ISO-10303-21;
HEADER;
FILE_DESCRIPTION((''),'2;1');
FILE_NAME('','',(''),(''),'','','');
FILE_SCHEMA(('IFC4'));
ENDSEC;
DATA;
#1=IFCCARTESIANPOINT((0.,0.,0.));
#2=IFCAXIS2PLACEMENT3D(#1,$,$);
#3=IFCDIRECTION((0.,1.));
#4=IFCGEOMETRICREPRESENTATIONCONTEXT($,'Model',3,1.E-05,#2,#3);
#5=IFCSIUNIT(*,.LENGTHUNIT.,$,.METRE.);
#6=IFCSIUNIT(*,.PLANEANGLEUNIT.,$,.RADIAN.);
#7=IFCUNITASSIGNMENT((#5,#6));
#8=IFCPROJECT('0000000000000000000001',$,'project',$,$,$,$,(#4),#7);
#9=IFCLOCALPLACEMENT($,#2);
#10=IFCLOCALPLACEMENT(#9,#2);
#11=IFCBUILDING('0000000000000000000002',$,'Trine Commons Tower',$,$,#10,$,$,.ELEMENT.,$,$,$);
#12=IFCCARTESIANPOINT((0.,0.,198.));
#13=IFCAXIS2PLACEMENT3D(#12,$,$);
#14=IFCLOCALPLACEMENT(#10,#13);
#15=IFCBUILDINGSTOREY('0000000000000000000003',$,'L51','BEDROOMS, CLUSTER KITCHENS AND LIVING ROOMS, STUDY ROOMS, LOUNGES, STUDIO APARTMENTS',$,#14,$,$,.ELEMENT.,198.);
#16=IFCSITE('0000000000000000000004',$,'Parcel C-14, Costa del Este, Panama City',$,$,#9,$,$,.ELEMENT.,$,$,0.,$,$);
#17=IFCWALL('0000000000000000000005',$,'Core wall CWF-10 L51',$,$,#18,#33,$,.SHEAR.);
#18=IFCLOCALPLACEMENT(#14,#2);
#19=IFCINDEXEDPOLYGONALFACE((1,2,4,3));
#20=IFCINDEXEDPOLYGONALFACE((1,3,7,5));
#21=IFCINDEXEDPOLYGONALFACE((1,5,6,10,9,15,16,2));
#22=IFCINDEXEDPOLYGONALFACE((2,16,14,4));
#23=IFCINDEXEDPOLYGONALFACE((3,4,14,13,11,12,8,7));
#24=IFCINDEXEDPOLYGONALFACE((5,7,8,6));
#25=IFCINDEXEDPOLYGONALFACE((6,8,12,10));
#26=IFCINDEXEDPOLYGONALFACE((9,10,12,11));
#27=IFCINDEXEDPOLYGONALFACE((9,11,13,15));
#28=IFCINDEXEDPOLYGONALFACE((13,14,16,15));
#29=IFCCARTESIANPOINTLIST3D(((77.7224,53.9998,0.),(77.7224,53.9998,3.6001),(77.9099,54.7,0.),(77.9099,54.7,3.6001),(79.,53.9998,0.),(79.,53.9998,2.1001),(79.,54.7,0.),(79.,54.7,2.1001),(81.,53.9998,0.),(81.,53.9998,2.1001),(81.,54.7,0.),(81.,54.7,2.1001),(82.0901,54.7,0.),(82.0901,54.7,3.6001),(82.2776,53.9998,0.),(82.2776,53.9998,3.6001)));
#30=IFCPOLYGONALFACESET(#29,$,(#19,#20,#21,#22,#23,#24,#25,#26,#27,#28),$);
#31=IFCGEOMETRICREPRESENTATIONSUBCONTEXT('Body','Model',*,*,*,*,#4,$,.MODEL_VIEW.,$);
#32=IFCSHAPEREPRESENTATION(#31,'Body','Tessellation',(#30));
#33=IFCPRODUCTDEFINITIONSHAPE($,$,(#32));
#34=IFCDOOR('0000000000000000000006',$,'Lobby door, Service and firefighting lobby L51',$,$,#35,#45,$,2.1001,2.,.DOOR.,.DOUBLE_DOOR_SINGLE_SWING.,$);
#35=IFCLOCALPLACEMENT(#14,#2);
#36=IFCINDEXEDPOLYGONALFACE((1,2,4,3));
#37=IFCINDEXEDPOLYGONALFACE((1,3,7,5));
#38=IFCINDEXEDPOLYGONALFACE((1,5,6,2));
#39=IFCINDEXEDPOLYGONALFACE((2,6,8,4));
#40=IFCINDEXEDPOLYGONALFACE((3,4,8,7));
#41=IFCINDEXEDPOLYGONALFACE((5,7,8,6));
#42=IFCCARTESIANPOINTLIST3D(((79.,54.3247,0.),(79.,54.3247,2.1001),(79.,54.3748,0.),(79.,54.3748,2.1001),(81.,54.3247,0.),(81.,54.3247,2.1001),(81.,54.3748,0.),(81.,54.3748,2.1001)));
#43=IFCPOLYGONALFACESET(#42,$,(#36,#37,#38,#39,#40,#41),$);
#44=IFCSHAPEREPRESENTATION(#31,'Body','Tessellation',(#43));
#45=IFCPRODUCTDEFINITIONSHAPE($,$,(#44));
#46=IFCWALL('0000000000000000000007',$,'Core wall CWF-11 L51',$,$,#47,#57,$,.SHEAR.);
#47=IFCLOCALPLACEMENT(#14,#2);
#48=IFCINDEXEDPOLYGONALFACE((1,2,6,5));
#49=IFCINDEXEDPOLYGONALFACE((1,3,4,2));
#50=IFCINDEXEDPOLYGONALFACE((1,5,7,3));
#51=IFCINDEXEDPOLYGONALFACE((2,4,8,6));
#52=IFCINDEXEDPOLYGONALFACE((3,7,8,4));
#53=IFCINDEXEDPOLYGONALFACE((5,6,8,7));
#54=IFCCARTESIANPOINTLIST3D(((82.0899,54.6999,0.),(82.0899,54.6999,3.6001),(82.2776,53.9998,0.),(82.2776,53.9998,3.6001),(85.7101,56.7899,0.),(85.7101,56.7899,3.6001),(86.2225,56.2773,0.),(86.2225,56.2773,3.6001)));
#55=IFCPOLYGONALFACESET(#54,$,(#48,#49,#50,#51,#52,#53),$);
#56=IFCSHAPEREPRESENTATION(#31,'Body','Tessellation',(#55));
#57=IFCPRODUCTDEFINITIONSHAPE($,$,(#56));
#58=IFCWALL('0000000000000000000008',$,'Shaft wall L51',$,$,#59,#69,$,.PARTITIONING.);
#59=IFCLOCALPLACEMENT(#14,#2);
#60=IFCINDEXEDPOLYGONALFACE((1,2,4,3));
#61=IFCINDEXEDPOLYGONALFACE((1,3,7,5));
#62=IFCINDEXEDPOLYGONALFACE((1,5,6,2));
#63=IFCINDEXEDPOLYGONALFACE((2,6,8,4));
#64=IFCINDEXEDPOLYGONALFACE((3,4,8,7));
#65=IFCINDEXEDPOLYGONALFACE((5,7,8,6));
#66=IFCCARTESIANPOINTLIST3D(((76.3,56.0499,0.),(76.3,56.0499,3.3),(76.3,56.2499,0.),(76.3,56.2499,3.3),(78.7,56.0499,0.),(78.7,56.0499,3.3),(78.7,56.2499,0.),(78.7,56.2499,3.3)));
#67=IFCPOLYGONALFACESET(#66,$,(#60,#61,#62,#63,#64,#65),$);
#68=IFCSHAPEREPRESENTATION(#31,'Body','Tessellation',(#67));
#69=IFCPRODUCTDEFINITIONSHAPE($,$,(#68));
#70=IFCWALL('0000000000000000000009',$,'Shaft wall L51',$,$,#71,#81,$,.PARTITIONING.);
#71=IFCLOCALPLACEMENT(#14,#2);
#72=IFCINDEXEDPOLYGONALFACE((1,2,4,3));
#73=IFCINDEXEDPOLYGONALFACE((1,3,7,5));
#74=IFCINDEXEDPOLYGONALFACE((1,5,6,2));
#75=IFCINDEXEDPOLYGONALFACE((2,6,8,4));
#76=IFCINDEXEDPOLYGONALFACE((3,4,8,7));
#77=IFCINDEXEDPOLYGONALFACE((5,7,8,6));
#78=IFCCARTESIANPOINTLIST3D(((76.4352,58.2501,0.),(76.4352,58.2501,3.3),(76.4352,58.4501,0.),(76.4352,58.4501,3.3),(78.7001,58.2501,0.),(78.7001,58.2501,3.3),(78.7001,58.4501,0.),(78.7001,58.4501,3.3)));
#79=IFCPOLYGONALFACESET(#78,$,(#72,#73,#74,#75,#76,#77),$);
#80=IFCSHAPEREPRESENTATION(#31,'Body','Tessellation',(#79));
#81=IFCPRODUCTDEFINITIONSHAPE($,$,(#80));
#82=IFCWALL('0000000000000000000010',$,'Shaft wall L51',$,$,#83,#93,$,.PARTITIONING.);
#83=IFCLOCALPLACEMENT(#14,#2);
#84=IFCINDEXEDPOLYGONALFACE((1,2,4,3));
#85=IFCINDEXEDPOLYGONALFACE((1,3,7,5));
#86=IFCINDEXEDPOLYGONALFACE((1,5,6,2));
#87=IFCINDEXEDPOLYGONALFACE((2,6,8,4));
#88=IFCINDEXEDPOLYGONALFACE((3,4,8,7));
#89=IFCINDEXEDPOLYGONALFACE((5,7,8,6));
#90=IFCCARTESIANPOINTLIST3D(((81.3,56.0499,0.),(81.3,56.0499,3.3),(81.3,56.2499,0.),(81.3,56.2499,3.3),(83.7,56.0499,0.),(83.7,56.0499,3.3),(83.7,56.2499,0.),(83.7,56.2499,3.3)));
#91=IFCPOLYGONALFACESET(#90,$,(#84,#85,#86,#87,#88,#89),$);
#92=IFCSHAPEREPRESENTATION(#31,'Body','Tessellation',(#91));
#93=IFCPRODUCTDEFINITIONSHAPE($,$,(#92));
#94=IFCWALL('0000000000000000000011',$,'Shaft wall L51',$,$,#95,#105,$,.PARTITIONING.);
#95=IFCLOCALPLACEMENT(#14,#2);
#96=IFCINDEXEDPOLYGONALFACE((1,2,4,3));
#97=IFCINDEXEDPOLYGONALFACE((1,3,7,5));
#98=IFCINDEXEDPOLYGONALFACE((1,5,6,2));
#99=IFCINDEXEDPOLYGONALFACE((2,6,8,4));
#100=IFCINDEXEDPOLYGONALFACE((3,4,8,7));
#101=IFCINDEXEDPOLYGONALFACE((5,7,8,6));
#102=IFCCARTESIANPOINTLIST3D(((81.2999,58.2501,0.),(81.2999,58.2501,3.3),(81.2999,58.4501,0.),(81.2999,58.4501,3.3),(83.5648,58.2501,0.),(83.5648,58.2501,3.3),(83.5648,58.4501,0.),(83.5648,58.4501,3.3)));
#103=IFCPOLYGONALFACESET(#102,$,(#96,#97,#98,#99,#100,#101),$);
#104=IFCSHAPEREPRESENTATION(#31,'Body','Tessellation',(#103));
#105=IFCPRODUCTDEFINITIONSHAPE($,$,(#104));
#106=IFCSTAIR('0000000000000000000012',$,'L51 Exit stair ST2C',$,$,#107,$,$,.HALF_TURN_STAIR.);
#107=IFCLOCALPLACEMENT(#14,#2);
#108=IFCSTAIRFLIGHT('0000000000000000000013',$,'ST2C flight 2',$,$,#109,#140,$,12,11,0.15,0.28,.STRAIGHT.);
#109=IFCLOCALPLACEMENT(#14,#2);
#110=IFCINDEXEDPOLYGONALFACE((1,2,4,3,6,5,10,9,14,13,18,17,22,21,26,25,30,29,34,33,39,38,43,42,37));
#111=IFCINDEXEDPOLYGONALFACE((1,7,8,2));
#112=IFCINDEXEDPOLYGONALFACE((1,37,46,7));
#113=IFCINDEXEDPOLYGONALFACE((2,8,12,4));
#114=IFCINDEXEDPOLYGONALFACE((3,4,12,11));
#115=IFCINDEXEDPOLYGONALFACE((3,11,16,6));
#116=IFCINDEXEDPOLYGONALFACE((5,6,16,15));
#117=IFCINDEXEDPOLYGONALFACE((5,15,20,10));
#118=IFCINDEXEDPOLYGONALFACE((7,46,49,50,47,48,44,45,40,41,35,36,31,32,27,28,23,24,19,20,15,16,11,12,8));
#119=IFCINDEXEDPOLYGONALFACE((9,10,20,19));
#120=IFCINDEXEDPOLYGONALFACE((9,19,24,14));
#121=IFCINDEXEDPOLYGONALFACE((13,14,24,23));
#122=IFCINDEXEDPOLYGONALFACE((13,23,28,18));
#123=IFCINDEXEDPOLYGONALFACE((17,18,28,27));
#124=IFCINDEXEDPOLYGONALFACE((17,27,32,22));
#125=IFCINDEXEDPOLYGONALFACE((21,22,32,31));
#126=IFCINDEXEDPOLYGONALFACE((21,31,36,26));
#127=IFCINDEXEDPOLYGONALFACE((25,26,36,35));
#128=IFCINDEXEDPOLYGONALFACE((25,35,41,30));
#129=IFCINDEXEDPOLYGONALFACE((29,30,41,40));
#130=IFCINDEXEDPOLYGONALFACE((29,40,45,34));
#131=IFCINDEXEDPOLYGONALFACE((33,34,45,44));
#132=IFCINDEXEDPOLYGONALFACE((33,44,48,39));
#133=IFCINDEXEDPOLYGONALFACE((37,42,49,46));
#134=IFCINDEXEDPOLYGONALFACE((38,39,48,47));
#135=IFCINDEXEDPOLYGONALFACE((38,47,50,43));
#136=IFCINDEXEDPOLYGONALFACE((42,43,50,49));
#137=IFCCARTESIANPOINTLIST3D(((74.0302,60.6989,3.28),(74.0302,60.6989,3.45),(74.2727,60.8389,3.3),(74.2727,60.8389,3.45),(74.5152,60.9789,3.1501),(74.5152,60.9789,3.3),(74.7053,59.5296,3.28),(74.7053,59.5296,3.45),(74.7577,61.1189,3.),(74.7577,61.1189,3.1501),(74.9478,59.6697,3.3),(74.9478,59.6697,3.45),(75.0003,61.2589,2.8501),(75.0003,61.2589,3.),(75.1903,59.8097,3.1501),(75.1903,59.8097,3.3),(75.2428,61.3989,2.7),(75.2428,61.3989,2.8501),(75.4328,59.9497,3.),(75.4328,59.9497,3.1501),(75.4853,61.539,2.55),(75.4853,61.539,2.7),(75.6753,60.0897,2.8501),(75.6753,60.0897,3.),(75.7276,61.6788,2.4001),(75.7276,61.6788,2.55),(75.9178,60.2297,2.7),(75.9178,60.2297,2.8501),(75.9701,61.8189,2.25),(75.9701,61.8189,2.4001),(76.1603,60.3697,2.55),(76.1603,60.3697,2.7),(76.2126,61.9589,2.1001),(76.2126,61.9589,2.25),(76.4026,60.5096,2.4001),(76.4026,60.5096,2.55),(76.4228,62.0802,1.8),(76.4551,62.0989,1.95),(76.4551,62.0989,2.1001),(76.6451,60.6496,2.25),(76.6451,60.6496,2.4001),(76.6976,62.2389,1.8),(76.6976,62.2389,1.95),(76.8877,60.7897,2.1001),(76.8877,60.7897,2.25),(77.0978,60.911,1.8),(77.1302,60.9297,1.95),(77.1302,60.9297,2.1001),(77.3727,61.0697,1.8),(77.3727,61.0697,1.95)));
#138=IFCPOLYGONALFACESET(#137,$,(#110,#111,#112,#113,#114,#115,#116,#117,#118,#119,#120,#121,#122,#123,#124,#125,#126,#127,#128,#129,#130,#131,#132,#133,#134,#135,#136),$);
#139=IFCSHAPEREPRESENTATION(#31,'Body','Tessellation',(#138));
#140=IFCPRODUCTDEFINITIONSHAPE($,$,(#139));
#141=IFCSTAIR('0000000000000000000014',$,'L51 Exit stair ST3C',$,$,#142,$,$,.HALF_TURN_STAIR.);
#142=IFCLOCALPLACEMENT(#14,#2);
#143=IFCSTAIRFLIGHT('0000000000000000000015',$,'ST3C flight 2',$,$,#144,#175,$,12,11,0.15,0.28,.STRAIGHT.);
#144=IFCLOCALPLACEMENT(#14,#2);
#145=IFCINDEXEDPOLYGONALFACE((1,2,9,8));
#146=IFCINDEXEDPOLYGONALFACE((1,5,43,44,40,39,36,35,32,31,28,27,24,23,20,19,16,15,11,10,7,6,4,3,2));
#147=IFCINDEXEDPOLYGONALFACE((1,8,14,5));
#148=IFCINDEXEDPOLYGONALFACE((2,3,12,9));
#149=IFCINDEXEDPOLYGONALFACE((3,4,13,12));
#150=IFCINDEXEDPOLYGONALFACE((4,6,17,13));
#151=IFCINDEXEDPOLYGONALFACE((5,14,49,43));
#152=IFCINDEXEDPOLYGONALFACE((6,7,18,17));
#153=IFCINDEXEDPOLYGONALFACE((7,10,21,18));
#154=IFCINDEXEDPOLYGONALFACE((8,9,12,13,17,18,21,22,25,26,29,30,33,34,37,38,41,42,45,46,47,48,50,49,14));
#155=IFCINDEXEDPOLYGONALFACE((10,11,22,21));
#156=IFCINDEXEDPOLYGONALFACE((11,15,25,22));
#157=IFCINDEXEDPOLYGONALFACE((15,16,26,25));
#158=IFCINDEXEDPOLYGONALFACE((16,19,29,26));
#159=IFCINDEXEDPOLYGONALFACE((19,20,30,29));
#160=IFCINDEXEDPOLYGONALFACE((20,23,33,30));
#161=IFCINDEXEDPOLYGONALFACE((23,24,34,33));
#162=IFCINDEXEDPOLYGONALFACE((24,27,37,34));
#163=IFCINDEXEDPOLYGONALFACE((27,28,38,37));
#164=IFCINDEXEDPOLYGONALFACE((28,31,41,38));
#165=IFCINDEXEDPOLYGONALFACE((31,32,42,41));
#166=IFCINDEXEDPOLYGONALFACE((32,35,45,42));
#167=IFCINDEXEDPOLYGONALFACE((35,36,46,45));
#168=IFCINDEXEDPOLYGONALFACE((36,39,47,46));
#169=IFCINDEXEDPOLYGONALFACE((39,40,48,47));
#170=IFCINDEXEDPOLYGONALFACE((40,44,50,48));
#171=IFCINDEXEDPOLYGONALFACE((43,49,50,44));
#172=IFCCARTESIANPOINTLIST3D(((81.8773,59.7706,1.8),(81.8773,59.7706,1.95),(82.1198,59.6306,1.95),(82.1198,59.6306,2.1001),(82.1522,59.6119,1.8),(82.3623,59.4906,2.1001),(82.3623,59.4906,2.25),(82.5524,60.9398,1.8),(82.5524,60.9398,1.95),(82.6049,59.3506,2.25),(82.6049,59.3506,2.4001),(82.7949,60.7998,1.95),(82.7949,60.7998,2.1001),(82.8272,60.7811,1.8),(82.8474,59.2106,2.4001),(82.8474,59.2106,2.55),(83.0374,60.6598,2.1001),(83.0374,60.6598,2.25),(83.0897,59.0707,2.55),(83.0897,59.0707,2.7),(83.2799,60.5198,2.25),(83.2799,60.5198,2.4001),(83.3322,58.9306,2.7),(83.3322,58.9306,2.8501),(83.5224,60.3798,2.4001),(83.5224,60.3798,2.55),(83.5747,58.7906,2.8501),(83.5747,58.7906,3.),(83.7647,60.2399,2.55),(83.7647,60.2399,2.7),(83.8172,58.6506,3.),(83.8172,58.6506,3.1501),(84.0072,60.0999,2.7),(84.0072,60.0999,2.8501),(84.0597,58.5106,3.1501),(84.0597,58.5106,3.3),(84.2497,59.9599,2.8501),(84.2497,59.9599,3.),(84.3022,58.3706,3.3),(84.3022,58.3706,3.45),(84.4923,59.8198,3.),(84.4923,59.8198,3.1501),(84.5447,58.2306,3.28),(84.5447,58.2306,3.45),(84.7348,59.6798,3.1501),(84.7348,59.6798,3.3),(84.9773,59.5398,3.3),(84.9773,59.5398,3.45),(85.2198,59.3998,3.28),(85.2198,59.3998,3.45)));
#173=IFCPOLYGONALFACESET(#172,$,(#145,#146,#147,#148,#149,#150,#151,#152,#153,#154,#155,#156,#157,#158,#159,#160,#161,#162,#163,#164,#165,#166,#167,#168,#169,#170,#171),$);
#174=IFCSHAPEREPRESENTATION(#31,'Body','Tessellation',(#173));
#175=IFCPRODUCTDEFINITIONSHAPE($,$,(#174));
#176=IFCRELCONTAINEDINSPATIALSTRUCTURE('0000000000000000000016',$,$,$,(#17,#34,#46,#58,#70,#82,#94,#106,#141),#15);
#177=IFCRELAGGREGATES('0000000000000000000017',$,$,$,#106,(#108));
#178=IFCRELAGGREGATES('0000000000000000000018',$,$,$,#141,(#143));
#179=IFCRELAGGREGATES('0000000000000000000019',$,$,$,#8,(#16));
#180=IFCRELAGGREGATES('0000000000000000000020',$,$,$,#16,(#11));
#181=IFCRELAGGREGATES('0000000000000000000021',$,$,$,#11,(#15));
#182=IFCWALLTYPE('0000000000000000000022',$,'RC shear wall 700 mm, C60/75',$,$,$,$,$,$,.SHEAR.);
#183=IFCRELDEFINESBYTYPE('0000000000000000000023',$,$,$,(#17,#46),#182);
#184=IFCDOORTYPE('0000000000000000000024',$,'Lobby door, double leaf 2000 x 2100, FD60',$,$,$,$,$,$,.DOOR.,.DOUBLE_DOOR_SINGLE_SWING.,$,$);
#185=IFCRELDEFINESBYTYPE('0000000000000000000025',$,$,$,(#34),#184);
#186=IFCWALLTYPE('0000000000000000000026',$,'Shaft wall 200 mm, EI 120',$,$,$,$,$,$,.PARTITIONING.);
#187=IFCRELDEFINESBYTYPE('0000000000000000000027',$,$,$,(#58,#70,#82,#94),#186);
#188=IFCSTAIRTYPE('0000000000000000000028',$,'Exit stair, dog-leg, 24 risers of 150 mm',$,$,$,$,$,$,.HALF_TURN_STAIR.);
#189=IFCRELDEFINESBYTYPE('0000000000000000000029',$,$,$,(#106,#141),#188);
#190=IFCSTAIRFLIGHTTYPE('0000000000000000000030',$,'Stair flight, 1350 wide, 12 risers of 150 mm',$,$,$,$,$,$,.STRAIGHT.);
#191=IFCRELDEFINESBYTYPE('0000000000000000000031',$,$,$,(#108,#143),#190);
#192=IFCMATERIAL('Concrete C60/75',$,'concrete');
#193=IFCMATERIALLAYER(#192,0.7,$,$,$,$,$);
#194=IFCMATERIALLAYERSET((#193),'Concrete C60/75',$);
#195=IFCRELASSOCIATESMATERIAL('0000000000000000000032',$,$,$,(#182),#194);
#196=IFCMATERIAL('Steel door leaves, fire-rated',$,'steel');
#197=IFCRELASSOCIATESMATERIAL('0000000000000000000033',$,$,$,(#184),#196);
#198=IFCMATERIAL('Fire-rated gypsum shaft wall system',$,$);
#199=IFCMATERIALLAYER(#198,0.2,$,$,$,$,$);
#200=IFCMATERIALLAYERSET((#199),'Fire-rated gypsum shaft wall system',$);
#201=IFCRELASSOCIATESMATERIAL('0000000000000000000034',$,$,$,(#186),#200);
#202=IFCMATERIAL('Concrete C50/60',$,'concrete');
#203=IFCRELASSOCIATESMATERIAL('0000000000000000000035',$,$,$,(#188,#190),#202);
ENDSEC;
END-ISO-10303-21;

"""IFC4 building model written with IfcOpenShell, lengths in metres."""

from ifc_helpers import new_model, si_unit, direction, frame, frame_2d, origin, place, context, subcontext, project, spatial, polyline, rectangle, outline, extrude, material, layer, layer_set, type_object, element, fill, aggregate, save


model = new_model("IFC4")

# Units and contexts
model_context = context("Model", 3, precision=1e-05, world=origin(), true_north=direction((0.0, 1.0)))
body_context = subcontext(model_context, "Body", "Model", "MODEL_VIEW")
ifc_project = project(units=[si_unit("LENGTHUNIT", "METRE"), si_unit("PLANEANGLEUNIT", "RADIAN")], contexts=[model_context])

# Site, building, storey
site_placement = place(None, origin())
site = spatial("IfcSite", under=ifc_project, at=site_placement, Name="Parcel C-14, Costa del Este, Panama City", CompositionType="ELEMENT", RefElevation=0.0)
building_placement = place(site_placement, origin())
building = spatial("IfcBuilding", under=site, at=building_placement, Name="Trine Commons Tower", CompositionType="ELEMENT")
storey_placement = place(building_placement, frame((0.0, 0.0, 198.0)))
storey = spatial("IfcBuildingStorey", under=building, at=storey_placement, Name="L51", Description="BEDROOMS, CLUSTER KITCHENS AND LIVING ROOMS, STUDY ROOMS, LOUNGES, STUDIO APARTMENTS", CompositionType="ELEMENT", Elevation=198.0)

# Shared definitions
ifc_material_1 = material(Name="Fire-rated gypsum shaft wall system")
ifc_material_2 = material(Name="Concrete C60/75", Category="concrete")

# Wall, opening, door
ifc_layer_1 = layer(ifc_material_2, 0.7)
ifc_layer_set_1 = layer_set([ifc_layer_1], Name="Concrete C60/75")
wall_type_1 = type_object("IfcWallType", Name="RC shear wall 700 mm, C60/75", PredefinedType="SHEAR", material=ifc_layer_set_1)
wall_1_placement = place(storey_placement, frame((77.7224, 54.3499, 0.0), z_axis=(0.0, 0.0, 1.0), x_axis=(1.0, 0.0, 0.0)))
wall_1 = element("IfcWall", 1, at=wall_1_placement, inside=storey, type_object=wall_type_1, Name="Core wall CWF-10 L51", PredefinedType="SHEAR", context=body_context, shape_type="SweptSolid", body=[
    extrude(outline(polyline([(0.0, -0.3501), (4.5552, -0.3501), (4.3677, 0.3501), (0.1875, 0.3501), (0.0, -0.3501)])), origin(), (0.0, 0.0, 1.0), 3.6001),
])
opening_1_placement = place(wall_1_placement, frame((1.2776, 0.0, 0.0)))
opening_1 = element("IfcOpeningElement", 2, at=opening_1_placement, cuts=wall_1, PredefinedType="OPENING", context=body_context, shape_type="SweptSolid", body=[
    extrude(rectangle(XDim=2.0, YDim=2.1001, at=frame_2d((1.0, 1.05))), frame((0.0, 0.3599, 0.0), z_axis=(0.0, -1.0, 0.0), x_axis=(1.0, 0.0, 0.0)), (0.0, 0.0, 1.0), 0.72),
])
ifc_material_3 = material(Name="Steel door leaves, fire-rated", Category="steel")
door_type_1 = type_object("IfcDoorType", Name="Lobby door, double leaf 2000 x 2100, FD60", OperationType="DOUBLE_DOOR_SINGLE_SWING", PredefinedType="DOOR", material=ifc_material_3)
door_1_placement = place(opening_1_placement, origin())
door_1 = element("IfcDoor", 3, at=door_1_placement, inside=storey, type_object=door_type_1, Name="Lobby door, Service and firefighting lobby L51", OperationType="DOUBLE_DOOR_SINGLE_SWING", OverallHeight=2.1001, OverallWidth=2.0, PredefinedType="DOOR", context=body_context, shape_type="SweptSolid", body=[
    extrude(rectangle(XDim=2.0, YDim=2.1001, at=frame_2d((1.0, 1.05))), frame((0.0, 0.0249, 0.0), z_axis=(0.0, -1.0, 0.0), x_axis=(1.0, 0.0, 0.0)), (0.0, 0.0, 1.0), 0.05),
])
fill(opening_1, door_1)

# Walls
wall_2_placement = place(storey_placement, frame((82.1025, 54.303, 0.0), z_axis=(0.0, 0.0, 1.0), x_axis=(0.866035, 0.499984, 0.0)))
element("IfcWall", 4, at=wall_2_placement, inside=storey, type_object=wall_type_1, Name="Core wall CWF-11 L51", PredefinedType="SHEAR", context=body_context, shape_type="SweptSolid", body=[
    extrude(outline(polyline([(0.0, -0.3501), (4.5552, -0.3501), (4.3677, 0.3501), (0.1875, 0.3501), (0.0, -0.3501)])), origin(), (0.0, 0.0, 1.0), 3.6001),
])
ifc_layer_2 = layer(ifc_material_1, 0.2)
ifc_layer_set_2 = layer_set([ifc_layer_2], Name="Fire-rated gypsum shaft wall system")
wall_type_2 = type_object("IfcWallType", Name="Shaft wall 200 mm, EI 120", PredefinedType="PARTITIONING", material=ifc_layer_set_2)
wall_3_placement = place(storey_placement, frame((78.7, 56.1499, 0.0), z_axis=(0.0, 0.0, 1.0), x_axis=(-1.0, 0.0, 0.0)))
element("IfcWall", 5, at=wall_3_placement, inside=storey, type_object=wall_type_2, Name="Shaft wall L51", PredefinedType="PARTITIONING", context=body_context, shape_type="SweptSolid", body=[
    extrude(rectangle(XDim=2.3999, YDim=0.2, at=frame_2d((1.2, 0.0))), origin(), (0.0, 0.0, 1.0), 3.3),
])
wall_4_placement = place(storey_placement, frame((78.7, 58.3501, 0.0), z_axis=(0.0, 0.0, 1.0), x_axis=(-1.0, 0.0, 0.0)))
element("IfcWall", 6, at=wall_4_placement, inside=storey, type_object=wall_type_2, Name="Shaft wall L51", PredefinedType="PARTITIONING", context=body_context, shape_type="SweptSolid", body=[
    extrude(rectangle(XDim=2.2649, YDim=0.2, at=frame_2d((1.1323, 0.0))), origin(), (0.0, 0.0, 1.0), 3.3),
])
wall_5_placement = place(storey_placement, frame((81.3, 56.1499, 0.0), z_axis=(0.0, 0.0, 1.0), x_axis=(1.0, 0.0, 0.0)))
element("IfcWall", 7, at=wall_5_placement, inside=storey, type_object=wall_type_2, Name="Shaft wall L51", PredefinedType="PARTITIONING", context=body_context, shape_type="SweptSolid", body=[
    extrude(rectangle(XDim=2.3999, YDim=0.2, at=frame_2d((1.2, 0.0))), origin(), (0.0, 0.0, 1.0), 3.3),
])
wall_6_placement = place(storey_placement, frame((81.3, 58.3501, 0.0), z_axis=(0.0, 0.0, 1.0), x_axis=(1.0, 0.0, 0.0)))
element("IfcWall", 8, at=wall_6_placement, inside=storey, type_object=wall_type_2, Name="Shaft wall L51", PredefinedType="PARTITIONING", context=body_context, shape_type="SweptSolid", body=[
    extrude(rectangle(XDim=2.2649, YDim=0.2, at=frame_2d((1.1323, 0.0))), origin(), (0.0, 0.0, 1.0), 3.3),
])

# Stairs, stair flights
ifc_material_4 = material(Name="Concrete C50/60", Category="concrete")
stair_type = type_object("IfcStairType", Name="Exit stair, dog-leg, 24 risers of 150 mm", PredefinedType="HALF_TURN_STAIR", material=ifc_material_4)
stair_1_placement = place(storey_placement, origin())
stair_1 = element("IfcStair", 9, at=stair_1_placement, inside=storey, type_object=stair_type, Name="L51 Exit stair ST2C", PredefinedType="HALF_TURN_STAIR")
stair_flight_type = type_object("IfcStairFlightType", Name="Stair flight, 1350 wide, 12 risers of 150 mm", PredefinedType="STRAIGHT", material=ifc_material_4)
stair_flight_1_placement = place(storey_placement, frame((77.0352, 61.6543, 1.8), z_axis=(0.0, 0.0, 1.0), x_axis=(-0.866025, -0.5, 0.0)))
stair_flight_1 = element("IfcStairFlight", 10, at=stair_flight_1_placement, type_object=stair_flight_type, Name="ST2C flight 2", NumberOfRisers=12, NumberOfTreads=11, PredefinedType="STRAIGHT", RiserHeight=0.15, TreadLength=0.28, context=body_context, shape_type="SweptSolid", body=[
    extrude(outline(polyline([(0.0, 0.0), (0.0, 0.1499), (0.28, 0.1499), (0.28, 0.3), (0.5601, 0.3), (0.5601, 0.45), (0.8401, 0.45), (0.8401, 0.6001), (1.1201, 0.6001), (1.1201, 0.75), (1.3999, 0.75), (1.3999, 0.8999), (1.6799, 0.8999), (1.6799, 1.05), (1.96, 1.05), (1.96, 1.2), (2.24, 1.2), (2.24, 1.3501), (2.52, 1.3501), (2.52, 1.5), (2.8, 1.5), (2.8, 1.6499), (3.0801, 1.6499), (3.0801, 1.8), (3.0801, 1.48), (0.3174, 0.0), (0.0, 0.0)])), frame((0.0, 0.675, 0.0), z_axis=(0.0, -1.0, 0.0), x_axis=(1.0, 0.0, 0.0)), (0.0, 0.0, 1.0), 1.3501),
])
aggregate(stair_1, [stair_flight_1])
stair_2_placement = place(storey_placement, origin())
stair_2 = element("IfcStair", 11, at=stair_2_placement, inside=storey, type_object=stair_type, Name="L51 Exit stair ST3C", PredefinedType="HALF_TURN_STAIR")
stair_flight_2_placement = place(storey_placement, frame((82.2148, 60.3552, 1.8), z_axis=(0.0, 0.0, 1.0), x_axis=(0.866025, -0.5, 0.0)))
stair_flight_2 = element("IfcStairFlight", 12, at=stair_flight_2_placement, type_object=stair_flight_type, Name="ST3C flight 2", NumberOfRisers=12, NumberOfTreads=11, PredefinedType="STRAIGHT", RiserHeight=0.15, TreadLength=0.28, context=body_context, shape_type="SweptSolid", body=[
    extrude(outline(polyline([(0.0, 0.0), (0.0, 0.1499), (0.28, 0.1499), (0.28, 0.3), (0.5601, 0.3), (0.5601, 0.45), (0.8401, 0.45), (0.8401, 0.6001), (1.1201, 0.6001), (1.1201, 0.75), (1.3999, 0.75), (1.3999, 0.8999), (1.6799, 0.8999), (1.6799, 1.05), (1.96, 1.05), (1.96, 1.2), (2.24, 1.2), (2.24, 1.3501), (2.52, 1.3501), (2.52, 1.5), (2.8, 1.5), (2.8, 1.6499), (3.0801, 1.6499), (3.0801, 1.8), (3.0801, 1.48), (0.3174, 0.0), (0.0, 0.0)])), frame((0.0, 0.675, 0.0), z_axis=(0.0, -1.0, 0.0), x_axis=(1.0, 0.0, 0.0)), (0.0, 0.0, 1.0), 1.3501),
])
aggregate(stair_2, [stair_flight_2])

save(model, "model.ifc")
